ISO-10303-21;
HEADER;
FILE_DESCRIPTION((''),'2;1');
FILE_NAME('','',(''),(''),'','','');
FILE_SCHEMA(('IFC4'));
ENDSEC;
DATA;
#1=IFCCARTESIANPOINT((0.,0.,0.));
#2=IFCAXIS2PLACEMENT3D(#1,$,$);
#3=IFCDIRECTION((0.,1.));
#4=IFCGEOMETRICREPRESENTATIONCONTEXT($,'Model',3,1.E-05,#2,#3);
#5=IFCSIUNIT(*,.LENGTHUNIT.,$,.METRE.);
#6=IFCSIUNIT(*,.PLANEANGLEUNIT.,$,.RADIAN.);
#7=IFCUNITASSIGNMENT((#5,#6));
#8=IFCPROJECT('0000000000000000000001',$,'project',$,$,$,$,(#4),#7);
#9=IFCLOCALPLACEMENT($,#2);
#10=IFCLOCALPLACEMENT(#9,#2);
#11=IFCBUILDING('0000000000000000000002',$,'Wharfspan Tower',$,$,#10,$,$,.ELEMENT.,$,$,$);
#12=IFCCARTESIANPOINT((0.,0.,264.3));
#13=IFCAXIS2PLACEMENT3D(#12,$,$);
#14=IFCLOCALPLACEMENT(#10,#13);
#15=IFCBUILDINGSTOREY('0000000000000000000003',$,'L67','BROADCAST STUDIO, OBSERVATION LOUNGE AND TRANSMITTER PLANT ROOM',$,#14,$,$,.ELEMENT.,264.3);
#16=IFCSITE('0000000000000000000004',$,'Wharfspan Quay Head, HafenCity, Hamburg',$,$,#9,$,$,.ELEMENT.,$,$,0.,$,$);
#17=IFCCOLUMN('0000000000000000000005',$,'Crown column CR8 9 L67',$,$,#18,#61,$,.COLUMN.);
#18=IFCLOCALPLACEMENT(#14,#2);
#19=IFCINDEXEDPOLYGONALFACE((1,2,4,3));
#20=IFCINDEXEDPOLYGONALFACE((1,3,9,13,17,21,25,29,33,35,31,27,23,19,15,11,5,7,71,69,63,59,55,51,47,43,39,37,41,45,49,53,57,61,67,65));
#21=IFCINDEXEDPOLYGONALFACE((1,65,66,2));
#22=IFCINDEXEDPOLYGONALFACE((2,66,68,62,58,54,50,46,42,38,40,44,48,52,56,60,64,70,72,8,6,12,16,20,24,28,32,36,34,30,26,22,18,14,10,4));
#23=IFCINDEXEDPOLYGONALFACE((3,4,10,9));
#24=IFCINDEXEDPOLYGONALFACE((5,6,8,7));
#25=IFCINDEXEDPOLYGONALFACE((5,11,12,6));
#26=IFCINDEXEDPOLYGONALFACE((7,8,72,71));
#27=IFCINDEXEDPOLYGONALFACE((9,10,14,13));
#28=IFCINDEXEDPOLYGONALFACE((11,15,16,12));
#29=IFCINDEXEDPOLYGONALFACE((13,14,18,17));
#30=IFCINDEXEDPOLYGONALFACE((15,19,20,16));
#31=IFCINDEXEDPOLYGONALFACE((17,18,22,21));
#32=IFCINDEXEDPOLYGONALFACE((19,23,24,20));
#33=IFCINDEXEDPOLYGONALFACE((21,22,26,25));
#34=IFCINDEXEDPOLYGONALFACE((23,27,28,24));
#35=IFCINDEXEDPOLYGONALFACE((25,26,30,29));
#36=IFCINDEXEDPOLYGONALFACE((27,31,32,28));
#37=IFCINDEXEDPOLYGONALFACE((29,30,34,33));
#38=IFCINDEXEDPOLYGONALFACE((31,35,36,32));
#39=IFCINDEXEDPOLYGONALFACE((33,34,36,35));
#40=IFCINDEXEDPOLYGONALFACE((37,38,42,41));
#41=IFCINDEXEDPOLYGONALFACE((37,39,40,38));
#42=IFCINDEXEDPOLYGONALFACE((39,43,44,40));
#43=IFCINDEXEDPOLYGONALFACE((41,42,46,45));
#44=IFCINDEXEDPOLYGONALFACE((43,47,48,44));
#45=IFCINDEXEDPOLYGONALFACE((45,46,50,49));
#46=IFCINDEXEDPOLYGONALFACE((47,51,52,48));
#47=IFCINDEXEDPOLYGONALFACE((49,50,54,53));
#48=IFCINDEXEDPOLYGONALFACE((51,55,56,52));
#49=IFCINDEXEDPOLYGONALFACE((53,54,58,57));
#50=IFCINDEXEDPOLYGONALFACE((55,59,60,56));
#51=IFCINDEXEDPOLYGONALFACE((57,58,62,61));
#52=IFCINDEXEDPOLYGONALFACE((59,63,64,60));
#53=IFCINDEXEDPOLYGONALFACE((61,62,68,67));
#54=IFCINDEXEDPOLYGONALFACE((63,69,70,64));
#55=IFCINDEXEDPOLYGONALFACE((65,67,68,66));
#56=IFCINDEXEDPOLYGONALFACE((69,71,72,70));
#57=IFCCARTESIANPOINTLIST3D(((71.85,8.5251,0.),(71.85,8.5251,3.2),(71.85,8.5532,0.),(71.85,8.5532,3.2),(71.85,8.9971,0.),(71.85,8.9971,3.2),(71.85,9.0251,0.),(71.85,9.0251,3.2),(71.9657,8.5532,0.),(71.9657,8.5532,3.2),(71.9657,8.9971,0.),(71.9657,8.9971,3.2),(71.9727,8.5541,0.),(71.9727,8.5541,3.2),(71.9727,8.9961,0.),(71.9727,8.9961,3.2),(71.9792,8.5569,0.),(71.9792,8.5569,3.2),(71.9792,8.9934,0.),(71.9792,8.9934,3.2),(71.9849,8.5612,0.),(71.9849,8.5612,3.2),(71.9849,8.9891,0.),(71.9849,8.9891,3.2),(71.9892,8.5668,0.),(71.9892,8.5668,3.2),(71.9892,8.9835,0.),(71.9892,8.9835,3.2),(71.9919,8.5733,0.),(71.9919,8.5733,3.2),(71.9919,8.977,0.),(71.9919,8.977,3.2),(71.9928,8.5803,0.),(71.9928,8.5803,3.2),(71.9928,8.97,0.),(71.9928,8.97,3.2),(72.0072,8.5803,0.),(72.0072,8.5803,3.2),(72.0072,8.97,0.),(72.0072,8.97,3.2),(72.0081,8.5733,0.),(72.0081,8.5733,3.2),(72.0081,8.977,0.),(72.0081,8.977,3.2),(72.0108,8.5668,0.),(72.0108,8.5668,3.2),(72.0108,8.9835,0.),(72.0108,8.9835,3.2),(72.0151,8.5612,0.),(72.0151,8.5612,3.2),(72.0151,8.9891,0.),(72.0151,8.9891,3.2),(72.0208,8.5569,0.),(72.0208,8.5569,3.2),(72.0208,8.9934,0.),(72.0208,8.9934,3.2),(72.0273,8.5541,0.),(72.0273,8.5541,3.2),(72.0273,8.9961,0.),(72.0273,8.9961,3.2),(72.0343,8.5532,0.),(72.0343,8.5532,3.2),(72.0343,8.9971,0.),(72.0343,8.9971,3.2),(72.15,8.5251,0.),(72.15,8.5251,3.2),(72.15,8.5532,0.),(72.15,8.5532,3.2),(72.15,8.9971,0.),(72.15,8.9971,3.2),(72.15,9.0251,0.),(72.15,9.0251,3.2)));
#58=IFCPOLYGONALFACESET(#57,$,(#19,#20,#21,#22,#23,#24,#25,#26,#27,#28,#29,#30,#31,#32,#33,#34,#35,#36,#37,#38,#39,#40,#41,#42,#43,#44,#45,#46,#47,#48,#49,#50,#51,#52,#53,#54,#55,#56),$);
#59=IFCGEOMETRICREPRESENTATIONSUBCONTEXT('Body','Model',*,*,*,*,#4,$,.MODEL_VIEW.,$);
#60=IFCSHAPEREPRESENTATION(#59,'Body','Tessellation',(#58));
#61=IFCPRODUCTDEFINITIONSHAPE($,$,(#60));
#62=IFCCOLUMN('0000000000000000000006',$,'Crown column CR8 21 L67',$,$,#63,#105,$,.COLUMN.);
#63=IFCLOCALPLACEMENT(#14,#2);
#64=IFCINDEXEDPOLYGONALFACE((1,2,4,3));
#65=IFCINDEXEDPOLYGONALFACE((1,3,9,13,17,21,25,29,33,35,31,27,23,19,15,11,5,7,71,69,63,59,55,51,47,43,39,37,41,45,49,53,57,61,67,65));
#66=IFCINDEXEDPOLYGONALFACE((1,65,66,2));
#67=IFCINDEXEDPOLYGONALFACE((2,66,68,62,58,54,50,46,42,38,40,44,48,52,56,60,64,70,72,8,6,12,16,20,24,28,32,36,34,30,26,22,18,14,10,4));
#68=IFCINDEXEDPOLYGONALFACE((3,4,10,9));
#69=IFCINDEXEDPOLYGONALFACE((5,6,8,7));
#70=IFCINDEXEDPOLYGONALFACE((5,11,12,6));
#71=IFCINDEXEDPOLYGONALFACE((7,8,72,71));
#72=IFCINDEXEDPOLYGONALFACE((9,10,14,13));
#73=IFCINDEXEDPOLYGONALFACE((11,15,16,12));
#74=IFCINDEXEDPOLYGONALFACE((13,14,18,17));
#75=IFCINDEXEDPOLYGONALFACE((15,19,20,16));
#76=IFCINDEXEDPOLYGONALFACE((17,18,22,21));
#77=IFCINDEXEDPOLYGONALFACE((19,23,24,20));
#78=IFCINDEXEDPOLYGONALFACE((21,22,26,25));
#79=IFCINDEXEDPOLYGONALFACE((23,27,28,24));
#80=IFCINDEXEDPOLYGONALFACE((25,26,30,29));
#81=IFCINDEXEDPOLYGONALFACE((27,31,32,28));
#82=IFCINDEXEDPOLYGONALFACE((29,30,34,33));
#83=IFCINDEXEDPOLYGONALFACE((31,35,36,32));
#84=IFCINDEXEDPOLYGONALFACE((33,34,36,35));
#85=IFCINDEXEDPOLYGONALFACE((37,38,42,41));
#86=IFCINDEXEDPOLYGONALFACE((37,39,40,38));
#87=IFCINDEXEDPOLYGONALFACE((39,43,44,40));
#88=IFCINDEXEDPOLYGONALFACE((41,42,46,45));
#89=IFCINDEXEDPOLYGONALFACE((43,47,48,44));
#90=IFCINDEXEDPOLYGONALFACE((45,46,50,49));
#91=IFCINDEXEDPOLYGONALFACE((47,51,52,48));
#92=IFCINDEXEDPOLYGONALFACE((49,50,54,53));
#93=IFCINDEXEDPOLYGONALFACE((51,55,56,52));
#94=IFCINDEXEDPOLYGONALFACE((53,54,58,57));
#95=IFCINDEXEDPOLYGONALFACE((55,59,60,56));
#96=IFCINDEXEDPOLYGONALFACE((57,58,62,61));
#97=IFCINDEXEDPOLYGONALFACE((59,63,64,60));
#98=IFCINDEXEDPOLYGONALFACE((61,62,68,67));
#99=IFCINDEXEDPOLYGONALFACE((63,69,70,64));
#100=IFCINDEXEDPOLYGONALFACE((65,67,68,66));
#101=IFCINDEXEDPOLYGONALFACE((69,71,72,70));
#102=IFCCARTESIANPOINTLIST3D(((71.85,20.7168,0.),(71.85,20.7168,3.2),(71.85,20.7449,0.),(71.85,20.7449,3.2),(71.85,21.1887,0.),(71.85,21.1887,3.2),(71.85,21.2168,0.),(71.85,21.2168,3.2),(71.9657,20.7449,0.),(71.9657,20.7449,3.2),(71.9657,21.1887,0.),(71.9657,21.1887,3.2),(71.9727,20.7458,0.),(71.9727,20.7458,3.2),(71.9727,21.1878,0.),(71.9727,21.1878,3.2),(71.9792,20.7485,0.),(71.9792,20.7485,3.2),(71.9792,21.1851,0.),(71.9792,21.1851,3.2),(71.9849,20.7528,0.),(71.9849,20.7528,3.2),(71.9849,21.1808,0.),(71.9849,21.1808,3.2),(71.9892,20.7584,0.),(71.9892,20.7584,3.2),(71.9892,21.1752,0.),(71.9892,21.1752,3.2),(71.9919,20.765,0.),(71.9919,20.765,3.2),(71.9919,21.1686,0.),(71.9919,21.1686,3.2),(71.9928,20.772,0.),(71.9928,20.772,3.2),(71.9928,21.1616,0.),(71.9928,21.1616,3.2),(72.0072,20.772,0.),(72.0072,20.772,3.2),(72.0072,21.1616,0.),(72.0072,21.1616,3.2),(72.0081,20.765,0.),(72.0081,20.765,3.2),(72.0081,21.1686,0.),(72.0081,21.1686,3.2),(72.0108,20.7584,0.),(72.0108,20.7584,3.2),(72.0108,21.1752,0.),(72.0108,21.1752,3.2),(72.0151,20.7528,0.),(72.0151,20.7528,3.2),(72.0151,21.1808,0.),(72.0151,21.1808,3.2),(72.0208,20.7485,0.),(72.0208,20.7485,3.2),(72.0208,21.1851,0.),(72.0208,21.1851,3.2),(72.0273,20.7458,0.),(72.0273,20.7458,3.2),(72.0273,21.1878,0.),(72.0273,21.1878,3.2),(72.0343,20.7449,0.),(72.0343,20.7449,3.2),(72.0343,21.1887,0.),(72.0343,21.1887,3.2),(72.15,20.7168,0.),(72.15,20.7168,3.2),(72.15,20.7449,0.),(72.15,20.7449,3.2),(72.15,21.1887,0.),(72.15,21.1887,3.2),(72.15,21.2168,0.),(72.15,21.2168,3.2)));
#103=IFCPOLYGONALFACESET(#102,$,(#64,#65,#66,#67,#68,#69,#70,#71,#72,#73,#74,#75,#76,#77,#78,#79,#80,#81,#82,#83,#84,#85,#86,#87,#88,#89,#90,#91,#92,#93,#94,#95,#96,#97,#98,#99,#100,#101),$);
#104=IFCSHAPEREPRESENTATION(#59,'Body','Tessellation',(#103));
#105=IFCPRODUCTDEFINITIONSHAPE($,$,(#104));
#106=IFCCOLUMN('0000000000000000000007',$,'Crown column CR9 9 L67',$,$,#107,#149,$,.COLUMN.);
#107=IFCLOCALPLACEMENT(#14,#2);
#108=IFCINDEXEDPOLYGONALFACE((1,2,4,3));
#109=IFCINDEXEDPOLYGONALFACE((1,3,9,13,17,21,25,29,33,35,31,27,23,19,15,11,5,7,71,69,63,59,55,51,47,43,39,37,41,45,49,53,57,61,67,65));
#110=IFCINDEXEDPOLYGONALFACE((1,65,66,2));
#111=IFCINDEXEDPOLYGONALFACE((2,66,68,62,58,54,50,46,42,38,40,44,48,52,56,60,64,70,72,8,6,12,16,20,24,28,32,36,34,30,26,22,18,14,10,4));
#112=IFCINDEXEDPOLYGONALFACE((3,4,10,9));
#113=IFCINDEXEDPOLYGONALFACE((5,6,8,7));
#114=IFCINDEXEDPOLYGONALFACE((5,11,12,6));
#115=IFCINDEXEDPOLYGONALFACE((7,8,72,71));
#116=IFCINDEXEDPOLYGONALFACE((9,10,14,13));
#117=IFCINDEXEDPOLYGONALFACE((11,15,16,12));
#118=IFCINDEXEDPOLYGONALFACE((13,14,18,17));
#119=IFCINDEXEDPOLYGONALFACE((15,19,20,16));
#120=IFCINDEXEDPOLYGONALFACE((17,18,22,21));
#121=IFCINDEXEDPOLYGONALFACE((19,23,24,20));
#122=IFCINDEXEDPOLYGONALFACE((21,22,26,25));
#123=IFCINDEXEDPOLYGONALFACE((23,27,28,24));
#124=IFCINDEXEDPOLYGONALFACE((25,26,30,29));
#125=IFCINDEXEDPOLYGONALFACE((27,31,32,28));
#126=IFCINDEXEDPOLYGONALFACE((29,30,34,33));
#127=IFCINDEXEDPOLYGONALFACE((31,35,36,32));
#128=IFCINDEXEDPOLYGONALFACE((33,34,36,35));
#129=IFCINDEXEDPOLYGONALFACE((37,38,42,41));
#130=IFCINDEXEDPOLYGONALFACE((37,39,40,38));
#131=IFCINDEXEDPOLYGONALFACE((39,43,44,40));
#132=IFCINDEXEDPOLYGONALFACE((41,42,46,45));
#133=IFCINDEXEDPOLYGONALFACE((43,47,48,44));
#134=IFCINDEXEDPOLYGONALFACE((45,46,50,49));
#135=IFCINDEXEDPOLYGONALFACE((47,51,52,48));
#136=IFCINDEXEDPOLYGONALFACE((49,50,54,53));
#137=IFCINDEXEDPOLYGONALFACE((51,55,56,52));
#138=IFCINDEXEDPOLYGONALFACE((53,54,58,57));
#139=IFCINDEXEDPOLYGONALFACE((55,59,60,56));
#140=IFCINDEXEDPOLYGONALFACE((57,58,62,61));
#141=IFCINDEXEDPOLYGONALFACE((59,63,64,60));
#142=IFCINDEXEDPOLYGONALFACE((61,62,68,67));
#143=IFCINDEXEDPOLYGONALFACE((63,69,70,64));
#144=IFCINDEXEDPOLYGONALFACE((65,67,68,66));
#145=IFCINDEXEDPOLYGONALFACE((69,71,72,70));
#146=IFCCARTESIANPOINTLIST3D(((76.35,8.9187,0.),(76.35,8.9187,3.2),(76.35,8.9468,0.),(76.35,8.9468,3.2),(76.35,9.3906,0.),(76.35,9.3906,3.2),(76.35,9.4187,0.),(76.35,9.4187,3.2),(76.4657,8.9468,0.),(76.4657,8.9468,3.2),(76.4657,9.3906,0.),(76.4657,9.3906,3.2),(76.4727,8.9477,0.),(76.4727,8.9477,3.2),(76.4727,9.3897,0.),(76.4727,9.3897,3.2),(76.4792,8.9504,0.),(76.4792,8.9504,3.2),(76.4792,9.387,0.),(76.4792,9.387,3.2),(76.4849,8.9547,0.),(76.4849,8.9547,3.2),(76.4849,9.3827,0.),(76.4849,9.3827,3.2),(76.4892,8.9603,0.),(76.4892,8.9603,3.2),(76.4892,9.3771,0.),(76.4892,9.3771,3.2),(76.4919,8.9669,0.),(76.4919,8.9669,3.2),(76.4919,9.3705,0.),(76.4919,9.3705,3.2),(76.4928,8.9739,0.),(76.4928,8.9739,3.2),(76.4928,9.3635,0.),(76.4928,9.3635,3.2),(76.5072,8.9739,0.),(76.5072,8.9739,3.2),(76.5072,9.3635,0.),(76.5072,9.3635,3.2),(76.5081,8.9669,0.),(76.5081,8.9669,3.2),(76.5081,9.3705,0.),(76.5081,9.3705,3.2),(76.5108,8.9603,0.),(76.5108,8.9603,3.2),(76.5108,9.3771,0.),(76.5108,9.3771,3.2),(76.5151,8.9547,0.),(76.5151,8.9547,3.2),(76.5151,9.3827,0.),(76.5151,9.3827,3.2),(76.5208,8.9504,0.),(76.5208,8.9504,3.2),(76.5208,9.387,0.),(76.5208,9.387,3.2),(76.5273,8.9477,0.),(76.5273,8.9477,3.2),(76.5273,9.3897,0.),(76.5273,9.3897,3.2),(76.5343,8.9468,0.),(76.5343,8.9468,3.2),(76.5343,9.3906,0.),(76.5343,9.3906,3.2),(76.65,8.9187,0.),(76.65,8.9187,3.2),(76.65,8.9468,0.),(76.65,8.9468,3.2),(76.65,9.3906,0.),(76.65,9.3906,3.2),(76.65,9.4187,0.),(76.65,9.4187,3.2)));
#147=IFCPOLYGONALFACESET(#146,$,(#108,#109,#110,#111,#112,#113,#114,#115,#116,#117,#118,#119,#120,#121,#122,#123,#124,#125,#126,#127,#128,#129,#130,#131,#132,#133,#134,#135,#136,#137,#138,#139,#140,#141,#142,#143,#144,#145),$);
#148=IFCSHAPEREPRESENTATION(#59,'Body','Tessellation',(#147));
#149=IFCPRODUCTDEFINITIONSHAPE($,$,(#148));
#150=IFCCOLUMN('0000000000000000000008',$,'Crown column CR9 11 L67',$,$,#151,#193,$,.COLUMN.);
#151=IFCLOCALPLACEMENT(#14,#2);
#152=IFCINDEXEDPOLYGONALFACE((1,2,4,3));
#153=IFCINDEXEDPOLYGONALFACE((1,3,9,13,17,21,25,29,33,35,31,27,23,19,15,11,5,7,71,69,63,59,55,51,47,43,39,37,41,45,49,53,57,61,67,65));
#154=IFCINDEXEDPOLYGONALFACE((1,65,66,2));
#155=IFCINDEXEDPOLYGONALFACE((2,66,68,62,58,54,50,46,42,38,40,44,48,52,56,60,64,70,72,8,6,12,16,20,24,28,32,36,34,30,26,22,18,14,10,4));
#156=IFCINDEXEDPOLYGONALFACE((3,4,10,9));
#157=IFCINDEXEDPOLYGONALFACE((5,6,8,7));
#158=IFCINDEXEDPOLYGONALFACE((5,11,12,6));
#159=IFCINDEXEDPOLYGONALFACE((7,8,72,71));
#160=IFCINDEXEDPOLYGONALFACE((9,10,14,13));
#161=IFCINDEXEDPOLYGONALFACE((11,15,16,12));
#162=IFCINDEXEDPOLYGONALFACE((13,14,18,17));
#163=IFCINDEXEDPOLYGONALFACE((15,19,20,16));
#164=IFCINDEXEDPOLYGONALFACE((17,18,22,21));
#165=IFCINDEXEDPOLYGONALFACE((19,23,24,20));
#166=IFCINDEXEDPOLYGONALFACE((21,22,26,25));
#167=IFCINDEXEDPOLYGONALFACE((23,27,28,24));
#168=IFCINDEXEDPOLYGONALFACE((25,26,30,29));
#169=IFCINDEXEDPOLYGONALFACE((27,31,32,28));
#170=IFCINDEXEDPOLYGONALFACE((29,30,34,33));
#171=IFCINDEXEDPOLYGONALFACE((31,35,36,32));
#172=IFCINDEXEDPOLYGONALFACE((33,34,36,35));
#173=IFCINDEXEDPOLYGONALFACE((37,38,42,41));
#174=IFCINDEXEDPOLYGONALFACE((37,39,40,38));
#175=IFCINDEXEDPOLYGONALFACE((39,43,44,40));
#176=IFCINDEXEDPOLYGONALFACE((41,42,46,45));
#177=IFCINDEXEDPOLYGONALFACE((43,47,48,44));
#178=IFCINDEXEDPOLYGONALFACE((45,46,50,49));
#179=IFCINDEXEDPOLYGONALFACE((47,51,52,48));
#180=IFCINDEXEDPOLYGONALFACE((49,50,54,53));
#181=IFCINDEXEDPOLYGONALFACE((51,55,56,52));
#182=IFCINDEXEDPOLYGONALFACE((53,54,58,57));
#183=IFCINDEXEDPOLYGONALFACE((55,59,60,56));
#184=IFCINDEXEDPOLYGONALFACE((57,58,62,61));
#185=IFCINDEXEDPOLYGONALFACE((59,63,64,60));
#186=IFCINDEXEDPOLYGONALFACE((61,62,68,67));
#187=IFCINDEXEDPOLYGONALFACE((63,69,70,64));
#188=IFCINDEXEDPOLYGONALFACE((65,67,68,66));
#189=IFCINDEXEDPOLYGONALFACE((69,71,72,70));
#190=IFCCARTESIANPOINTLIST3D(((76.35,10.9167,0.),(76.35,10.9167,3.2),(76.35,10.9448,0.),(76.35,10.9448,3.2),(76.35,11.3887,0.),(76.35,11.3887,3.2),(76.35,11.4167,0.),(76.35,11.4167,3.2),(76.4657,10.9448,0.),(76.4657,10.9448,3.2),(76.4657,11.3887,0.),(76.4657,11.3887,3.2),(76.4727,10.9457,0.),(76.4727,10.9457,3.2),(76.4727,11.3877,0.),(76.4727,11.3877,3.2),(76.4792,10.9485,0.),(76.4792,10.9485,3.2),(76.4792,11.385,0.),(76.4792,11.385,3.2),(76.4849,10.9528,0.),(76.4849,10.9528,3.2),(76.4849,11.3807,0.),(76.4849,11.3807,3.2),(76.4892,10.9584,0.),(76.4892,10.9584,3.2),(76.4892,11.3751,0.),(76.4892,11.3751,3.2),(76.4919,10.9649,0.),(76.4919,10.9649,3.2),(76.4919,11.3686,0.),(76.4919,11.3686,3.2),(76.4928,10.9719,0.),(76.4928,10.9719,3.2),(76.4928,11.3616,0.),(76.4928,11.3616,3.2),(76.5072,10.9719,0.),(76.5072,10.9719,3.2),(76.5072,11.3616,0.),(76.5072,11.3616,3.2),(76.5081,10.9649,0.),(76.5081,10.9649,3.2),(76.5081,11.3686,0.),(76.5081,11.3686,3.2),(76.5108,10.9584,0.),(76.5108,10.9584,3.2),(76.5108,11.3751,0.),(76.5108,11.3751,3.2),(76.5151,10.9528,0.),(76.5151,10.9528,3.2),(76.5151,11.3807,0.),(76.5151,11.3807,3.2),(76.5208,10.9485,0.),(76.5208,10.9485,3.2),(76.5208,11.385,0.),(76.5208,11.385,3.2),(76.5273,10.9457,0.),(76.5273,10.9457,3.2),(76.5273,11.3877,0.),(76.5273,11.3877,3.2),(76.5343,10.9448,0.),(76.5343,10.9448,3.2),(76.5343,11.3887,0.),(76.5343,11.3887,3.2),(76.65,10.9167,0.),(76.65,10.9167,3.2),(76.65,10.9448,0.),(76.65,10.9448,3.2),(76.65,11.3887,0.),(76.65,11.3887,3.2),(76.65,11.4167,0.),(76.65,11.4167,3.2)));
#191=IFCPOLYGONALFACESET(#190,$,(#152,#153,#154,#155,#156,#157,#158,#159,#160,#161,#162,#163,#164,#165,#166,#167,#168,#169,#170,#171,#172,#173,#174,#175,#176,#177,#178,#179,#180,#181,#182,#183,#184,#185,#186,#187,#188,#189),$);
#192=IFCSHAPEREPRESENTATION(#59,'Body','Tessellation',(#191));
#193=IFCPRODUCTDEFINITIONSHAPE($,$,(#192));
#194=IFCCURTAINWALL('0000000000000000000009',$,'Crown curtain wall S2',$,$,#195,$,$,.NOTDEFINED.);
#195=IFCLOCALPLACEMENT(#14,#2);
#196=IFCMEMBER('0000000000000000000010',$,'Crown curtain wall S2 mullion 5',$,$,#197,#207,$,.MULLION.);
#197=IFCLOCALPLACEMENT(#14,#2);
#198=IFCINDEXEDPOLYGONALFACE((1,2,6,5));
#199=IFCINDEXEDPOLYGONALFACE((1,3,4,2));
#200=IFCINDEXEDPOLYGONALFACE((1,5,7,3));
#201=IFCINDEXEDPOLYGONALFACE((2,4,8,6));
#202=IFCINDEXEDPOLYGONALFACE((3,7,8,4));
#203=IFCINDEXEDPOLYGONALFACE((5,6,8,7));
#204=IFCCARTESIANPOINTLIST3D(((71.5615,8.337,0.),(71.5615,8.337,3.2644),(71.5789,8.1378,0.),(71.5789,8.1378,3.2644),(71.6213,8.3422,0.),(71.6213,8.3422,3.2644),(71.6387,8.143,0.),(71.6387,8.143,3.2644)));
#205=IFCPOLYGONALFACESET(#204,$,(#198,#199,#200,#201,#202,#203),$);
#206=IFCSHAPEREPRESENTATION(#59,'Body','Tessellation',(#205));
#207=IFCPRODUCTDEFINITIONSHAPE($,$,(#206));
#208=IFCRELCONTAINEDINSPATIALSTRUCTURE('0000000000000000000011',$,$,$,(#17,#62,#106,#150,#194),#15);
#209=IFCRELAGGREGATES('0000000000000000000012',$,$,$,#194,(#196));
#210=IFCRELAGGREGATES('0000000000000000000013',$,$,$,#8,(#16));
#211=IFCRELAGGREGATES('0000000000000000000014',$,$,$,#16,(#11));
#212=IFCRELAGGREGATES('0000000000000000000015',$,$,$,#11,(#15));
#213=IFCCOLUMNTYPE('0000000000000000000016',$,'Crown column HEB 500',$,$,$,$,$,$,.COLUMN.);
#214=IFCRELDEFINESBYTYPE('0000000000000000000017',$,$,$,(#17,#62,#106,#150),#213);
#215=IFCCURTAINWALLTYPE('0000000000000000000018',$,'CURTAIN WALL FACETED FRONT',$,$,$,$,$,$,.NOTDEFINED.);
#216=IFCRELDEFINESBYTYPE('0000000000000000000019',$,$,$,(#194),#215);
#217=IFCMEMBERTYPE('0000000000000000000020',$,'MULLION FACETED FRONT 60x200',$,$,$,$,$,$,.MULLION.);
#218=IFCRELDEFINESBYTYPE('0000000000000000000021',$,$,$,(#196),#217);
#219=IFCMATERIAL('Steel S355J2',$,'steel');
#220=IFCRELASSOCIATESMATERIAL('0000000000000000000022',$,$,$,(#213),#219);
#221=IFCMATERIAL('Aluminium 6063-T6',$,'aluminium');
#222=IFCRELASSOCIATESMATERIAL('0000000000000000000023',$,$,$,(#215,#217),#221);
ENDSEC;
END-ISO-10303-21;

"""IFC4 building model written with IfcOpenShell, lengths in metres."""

from ifc_helpers import new_model, si_unit, direction, frame, origin, origin_2d, place, context, subcontext, project, spatial, rectangle, i_section, extrude, material, material_profile, profile_set, type_object, element, aggregate, save


model = new_model("IFC4")

# Units and contexts
model_context = context("Model", 3, precision=1e-05, world=origin(), true_north=direction((0.0, 1.0)))
body_context = subcontext(model_context, "Body", "Model", "MODEL_VIEW")
ifc_project = project(units=[si_unit("LENGTHUNIT", "METRE"), si_unit("PLANEANGLEUNIT", "RADIAN")], contexts=[model_context])

# Site, building, storey
site_placement = place(None, origin())
site = spatial("IfcSite", under=ifc_project, at=site_placement, Name="Wharfspan Quay Head, HafenCity, Hamburg", CompositionType="ELEMENT", RefElevation=0.0)
building_placement = place(site_placement, origin())
building = spatial("IfcBuilding", under=site, at=building_placement, Name="Wharfspan Tower", CompositionType="ELEMENT")
storey_placement = place(building_placement, frame((0.0, 0.0, 264.3)))
storey = spatial("IfcBuildingStorey", under=building, at=storey_placement, Name="L67", Description="BROADCAST STUDIO, OBSERVATION LOUNGE AND TRANSMITTER PLANT ROOM", CompositionType="ELEMENT", Elevation=264.3)

# Columns
ifc_material_1 = material(Name="Steel S355J2", Category="steel")
ifc_material_profile_1 = material_profile(ifc_material_1, i_section(OverallWidth=0.3, OverallDepth=0.5, WebThickness=0.0144, FlangeThickness=0.0281, FilletRadius=0.0271, at=origin_2d()))
ifc_profile_set_1 = profile_set([ifc_material_profile_1], Name="Steel S355J2")
column_type = type_object("IfcColumnType", Name="Crown column HEB 500", PredefinedType="COLUMN", material=ifc_profile_set_1)
for number, where, z_axis, x_axis, name in (
    (1, (72.0, 8.7751, 0.0), (0.0, 0.0, 1.0), (1.0, 0.0, 0.0), "Crown column CR8 9 L67"),
    (2, (72.0, 20.9668, 0.0), (0.0, 0.0, 1.0), (1.0, 0.0, 0.0), "Crown column CR8 21 L67"),
    (3, (76.5, 9.1687, 0.0), (0.0, 0.0, 1.0), (1.0, 0.0, 0.0), "Crown column CR9 9 L67"),
    (4, (76.5, 11.1667, 0.0), (0.0, 0.0, 1.0), (1.0, 0.0, 0.0), "Crown column CR9 11 L67"),
):
    element("IfcColumn", number, at=place(storey_placement, frame(where, z_axis=z_axis, x_axis=x_axis)), inside=storey, type_object=column_type, Name=name, PredefinedType="COLUMN", context=body_context, shape_type="SweptSolid", body=[
        extrude(i_section(OverallWidth=0.3, OverallDepth=0.5, WebThickness=0.0144, FlangeThickness=0.0281, FilletRadius=0.0271, at=origin_2d()), origin(), (0.0, 0.0, 1.0), 3.2),
    ])

# Curtain wall, member
ifc_material_2 = material(Name="Aluminium 6063-T6", Category="aluminium")
curtain_wall_type_1 = type_object("IfcCurtainWallType", Name="CURTAIN WALL FACETED FRONT", PredefinedType="NOTDEFINED", material=ifc_material_2)
curtain_wall_1_placement = place(storey_placement, origin())
curtain_wall_1 = element("IfcCurtainWall", 5, at=curtain_wall_1_placement, inside=storey, type_object=curtain_wall_type_1, Name="Crown curtain wall S2", PredefinedType="NOTDEFINED")
ifc_material_profile_2 = material_profile(ifc_material_2, rectangle(XDim=0.2, YDim=0.0601, at=origin_2d()))
ifc_profile_set_2 = profile_set([ifc_material_profile_2], Name="Aluminium 6063-T6")
member_type_1 = type_object("IfcMemberType", Name="MULLION FACETED FRONT 60x200", PredefinedType="MULLION", material=ifc_profile_set_2)
member_1_placement = place(storey_placement, frame((71.6001, 8.24, 0.0), z_axis=(0.0, 0.0, 1.0), x_axis=(-0.087156, 0.996198, 0.0)))
member_1 = element("IfcMember", 6, at=member_1_placement, type_object=member_type_1, Name="Crown curtain wall S2 mullion 5", PredefinedType="MULLION", context=body_context, shape_type="SweptSolid", body=[
    extrude(rectangle(XDim=0.2, YDim=0.0601, at=origin_2d()), origin(), (0.0, 0.0, 1.0), 3.2644),
])

aggregate(curtain_wall_1, [member_1])

save(model, "model.ifc")
